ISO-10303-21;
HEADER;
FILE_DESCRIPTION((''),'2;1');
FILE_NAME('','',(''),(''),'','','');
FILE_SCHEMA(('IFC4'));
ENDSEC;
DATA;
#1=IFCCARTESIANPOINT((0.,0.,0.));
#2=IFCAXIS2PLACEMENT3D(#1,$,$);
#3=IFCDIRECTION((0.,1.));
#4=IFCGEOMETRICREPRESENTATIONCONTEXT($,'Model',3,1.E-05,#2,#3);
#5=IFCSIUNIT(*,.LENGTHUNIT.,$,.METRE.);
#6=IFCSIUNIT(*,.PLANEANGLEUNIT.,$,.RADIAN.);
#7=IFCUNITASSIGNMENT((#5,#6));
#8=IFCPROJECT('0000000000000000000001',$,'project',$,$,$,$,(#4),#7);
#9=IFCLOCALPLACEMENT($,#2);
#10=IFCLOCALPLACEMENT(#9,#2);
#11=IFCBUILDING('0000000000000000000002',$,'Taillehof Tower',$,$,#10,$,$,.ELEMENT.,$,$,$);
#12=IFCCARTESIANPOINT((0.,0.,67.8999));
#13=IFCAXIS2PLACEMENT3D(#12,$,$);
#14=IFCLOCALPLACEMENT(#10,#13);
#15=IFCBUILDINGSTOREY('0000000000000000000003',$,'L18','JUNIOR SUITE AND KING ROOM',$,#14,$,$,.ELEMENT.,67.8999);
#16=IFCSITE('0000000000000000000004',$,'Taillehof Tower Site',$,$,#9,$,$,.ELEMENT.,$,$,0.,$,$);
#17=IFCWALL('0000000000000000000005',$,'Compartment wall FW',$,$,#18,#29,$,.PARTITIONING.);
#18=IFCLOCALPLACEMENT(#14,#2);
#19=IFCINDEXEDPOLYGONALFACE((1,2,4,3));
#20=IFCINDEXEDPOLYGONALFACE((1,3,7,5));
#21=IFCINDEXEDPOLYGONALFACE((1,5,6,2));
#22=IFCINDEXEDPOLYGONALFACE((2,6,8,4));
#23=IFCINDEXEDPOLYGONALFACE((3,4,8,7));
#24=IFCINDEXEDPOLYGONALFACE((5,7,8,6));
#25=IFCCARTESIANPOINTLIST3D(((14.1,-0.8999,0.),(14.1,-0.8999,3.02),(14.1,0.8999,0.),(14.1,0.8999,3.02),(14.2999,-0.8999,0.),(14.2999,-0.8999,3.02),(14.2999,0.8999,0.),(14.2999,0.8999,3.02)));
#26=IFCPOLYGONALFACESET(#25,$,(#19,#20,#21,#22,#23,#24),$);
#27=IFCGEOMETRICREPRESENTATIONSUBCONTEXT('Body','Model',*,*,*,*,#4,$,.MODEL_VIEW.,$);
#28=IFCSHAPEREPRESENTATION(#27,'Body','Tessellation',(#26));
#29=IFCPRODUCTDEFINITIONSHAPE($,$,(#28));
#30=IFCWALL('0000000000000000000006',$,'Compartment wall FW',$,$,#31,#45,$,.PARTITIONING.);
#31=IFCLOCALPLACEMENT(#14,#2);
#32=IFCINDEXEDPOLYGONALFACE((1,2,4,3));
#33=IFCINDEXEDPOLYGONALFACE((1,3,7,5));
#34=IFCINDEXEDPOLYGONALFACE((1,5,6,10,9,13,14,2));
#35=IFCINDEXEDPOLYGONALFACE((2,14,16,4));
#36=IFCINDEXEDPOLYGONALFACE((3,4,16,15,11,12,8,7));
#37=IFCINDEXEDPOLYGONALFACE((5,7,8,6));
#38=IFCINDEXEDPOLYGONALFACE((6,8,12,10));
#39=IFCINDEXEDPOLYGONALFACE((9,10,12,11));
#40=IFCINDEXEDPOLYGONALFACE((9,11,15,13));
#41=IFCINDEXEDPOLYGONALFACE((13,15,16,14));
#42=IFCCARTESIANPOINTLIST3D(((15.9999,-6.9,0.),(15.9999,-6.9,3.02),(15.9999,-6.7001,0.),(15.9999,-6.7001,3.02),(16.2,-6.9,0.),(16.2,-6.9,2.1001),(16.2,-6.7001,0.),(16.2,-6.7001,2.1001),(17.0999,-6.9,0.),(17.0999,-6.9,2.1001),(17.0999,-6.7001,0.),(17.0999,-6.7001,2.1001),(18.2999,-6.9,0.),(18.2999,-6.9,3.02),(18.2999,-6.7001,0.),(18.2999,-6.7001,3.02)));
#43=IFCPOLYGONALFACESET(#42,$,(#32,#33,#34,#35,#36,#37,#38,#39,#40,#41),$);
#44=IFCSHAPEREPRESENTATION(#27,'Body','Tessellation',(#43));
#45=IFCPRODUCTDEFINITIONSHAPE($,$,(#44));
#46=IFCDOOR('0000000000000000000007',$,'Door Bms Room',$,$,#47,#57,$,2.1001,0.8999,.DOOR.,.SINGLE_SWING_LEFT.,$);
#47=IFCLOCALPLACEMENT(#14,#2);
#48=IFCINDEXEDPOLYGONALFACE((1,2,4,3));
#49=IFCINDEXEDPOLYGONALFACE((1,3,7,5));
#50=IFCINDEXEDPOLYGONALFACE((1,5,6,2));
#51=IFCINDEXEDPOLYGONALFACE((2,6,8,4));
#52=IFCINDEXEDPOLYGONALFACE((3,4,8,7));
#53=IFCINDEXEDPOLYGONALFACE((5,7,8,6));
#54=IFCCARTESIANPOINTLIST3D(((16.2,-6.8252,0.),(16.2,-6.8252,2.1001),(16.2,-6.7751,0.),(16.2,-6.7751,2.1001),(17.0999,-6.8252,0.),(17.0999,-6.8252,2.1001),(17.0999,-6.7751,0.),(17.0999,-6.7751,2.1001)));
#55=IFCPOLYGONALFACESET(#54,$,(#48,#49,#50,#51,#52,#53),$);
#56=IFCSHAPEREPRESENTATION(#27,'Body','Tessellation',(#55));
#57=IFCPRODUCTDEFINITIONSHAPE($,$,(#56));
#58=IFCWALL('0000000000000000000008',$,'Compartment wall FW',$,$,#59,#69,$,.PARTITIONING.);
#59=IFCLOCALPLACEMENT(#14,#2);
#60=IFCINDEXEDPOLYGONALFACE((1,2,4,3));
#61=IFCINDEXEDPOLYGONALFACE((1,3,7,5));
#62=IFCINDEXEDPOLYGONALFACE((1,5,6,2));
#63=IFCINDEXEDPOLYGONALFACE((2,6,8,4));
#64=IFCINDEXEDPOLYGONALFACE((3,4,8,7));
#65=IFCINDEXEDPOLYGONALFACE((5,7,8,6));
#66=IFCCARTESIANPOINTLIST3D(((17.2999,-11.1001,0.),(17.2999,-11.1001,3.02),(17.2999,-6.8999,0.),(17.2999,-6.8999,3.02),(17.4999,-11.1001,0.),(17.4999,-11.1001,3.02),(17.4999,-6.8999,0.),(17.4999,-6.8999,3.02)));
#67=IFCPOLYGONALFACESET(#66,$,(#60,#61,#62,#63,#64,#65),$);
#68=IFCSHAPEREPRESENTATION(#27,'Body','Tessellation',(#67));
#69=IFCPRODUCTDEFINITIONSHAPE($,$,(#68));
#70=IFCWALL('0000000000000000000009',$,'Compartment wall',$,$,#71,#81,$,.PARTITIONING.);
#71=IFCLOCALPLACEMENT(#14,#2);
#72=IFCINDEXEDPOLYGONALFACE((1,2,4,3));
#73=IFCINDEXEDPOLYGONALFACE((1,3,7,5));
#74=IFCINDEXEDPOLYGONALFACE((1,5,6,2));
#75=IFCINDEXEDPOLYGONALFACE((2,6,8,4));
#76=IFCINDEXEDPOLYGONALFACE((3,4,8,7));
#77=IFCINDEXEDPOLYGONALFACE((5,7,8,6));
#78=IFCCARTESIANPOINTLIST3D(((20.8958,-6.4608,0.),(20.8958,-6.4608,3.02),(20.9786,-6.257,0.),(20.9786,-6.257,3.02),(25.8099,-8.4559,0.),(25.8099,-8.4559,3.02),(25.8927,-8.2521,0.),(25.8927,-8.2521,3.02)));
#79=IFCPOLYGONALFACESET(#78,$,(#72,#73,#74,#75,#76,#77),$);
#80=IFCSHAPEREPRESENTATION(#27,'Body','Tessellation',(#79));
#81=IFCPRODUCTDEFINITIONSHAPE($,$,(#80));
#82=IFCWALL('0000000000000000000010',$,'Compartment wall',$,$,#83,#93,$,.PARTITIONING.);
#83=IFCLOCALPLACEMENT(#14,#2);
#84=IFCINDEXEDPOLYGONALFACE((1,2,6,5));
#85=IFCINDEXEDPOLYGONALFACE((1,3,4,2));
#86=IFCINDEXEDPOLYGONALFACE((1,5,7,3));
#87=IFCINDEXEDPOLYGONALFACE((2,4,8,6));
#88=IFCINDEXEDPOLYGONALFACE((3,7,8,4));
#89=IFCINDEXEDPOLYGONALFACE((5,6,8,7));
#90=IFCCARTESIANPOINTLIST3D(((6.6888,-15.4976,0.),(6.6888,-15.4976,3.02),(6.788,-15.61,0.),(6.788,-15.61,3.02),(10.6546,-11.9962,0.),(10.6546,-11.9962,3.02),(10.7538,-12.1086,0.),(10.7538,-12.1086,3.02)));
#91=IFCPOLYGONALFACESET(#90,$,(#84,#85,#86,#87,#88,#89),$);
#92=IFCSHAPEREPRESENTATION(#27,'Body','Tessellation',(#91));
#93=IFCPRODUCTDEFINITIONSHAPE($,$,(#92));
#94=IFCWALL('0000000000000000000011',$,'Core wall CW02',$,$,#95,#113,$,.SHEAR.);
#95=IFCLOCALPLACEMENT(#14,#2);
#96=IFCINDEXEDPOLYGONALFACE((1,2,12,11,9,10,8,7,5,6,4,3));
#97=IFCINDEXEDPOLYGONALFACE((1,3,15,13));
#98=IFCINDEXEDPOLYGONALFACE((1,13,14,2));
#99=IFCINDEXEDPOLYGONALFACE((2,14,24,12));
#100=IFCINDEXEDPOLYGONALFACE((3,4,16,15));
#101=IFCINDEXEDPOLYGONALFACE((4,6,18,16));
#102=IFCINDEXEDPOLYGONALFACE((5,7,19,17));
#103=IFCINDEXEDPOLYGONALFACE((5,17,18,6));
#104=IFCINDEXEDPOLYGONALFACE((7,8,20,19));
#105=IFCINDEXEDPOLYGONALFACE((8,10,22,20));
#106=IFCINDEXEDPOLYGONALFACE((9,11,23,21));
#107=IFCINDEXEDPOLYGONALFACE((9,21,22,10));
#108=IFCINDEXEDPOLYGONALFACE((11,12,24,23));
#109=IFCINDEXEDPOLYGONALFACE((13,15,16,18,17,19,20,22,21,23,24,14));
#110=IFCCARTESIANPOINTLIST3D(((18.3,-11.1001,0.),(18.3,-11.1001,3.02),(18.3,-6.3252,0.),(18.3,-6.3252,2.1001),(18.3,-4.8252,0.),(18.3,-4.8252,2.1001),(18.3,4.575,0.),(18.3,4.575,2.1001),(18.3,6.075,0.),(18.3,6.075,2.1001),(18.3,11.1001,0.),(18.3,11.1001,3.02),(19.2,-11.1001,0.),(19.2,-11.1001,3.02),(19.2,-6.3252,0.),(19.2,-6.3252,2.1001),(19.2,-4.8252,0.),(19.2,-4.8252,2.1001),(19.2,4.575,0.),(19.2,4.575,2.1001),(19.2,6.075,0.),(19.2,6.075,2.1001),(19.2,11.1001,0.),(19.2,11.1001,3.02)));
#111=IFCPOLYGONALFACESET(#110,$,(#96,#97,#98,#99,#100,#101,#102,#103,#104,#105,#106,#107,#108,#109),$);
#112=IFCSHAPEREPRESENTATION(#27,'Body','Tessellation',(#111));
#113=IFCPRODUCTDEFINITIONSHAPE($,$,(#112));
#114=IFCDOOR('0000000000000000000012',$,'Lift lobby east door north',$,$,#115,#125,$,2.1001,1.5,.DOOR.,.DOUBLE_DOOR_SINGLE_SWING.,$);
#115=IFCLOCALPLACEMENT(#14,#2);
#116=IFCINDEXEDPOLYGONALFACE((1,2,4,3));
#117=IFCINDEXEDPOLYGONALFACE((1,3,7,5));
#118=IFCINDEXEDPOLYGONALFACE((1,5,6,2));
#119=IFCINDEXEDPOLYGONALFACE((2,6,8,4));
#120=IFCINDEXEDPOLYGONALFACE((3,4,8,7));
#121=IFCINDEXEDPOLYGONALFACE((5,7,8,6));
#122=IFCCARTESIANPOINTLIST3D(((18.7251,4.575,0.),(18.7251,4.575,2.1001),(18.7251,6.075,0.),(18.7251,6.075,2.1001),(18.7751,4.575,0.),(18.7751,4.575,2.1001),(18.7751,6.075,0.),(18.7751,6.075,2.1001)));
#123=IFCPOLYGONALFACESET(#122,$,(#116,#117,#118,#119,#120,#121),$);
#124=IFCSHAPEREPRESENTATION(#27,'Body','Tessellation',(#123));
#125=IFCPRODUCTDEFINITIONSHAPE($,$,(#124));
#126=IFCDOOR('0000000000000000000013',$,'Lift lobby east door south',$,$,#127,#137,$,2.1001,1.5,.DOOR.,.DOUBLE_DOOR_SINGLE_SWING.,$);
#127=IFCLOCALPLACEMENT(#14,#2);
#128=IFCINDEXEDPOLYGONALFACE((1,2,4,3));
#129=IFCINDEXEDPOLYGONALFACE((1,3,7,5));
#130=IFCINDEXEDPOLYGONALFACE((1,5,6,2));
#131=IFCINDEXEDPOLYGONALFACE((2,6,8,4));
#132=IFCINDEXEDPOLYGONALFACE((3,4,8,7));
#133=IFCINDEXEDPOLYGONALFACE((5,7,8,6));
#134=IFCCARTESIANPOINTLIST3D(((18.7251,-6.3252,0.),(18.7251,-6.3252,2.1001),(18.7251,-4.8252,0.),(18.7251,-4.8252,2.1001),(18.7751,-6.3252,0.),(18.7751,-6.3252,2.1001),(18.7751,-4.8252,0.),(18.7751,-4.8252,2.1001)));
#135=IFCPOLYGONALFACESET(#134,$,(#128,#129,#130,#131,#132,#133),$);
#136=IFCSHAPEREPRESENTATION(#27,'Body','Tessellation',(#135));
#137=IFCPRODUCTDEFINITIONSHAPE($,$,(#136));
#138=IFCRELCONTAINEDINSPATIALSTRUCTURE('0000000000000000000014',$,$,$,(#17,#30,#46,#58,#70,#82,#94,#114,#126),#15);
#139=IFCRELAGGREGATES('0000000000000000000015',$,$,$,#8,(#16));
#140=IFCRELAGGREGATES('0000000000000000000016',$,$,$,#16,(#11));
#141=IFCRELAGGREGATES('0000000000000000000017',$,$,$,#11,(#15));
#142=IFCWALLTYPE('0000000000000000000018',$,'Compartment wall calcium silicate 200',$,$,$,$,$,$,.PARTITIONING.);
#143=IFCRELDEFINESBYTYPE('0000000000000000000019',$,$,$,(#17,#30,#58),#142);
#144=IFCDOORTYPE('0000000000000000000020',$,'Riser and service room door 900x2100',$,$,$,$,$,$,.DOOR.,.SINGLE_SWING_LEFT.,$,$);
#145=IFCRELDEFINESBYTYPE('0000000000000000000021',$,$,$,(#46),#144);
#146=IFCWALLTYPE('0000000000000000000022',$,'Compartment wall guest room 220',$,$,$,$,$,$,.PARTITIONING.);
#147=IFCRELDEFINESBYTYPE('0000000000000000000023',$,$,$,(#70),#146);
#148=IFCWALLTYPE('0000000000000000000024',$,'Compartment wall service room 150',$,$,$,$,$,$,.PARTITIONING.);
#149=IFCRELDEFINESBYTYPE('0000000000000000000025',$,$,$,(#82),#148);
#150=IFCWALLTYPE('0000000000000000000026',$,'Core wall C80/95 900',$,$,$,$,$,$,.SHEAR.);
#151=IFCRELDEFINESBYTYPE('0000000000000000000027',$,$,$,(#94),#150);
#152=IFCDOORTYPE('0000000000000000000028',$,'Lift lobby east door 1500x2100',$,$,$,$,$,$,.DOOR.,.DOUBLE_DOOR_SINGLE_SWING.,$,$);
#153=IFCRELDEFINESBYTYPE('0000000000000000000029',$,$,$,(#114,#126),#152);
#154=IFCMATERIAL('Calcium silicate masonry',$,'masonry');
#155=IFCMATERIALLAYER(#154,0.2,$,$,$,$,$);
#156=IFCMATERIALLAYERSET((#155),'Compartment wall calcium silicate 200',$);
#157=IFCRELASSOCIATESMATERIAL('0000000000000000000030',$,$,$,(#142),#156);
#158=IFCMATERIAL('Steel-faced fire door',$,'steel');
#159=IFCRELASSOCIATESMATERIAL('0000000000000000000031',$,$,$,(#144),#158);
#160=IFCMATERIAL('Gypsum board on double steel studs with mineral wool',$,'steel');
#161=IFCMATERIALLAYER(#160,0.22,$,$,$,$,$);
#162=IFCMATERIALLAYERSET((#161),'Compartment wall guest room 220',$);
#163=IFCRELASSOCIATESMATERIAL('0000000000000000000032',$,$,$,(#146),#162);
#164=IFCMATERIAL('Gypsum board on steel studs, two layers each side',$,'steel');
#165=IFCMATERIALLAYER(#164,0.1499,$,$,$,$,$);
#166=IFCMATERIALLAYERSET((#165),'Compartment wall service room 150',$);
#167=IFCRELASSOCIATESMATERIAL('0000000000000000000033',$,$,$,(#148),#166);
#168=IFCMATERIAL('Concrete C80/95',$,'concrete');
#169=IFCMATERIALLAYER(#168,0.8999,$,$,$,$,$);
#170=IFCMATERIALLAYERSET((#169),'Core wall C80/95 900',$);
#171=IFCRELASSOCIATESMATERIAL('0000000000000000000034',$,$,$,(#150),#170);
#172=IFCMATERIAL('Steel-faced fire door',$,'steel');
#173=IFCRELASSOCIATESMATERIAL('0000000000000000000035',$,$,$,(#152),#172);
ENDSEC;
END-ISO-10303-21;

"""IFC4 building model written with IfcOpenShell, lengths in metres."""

from ifc_helpers import new_model, si_unit, direction, frame, frame_2d, origin, place, context, subcontext, project, spatial, rectangle, extrude, material, layer, layer_set, type_object, element, fill, save


model = new_model("IFC4")

# Units and contexts
model_context = context("Model", 3, precision=1e-05, world=origin(), true_north=direction((0.0, 1.0)))
body_context = subcontext(model_context, "Body", "Model", "MODEL_VIEW")
ifc_project = project(units=[si_unit("LENGTHUNIT", "METRE"), si_unit("PLANEANGLEUNIT", "RADIAN")], contexts=[model_context])

# Site, building, storey
site_placement = place(None, origin())
site = spatial("IfcSite", under=ifc_project, at=site_placement, Name="Taillehof Tower Site", CompositionType="ELEMENT", RefElevation=0.0)
building_placement = place(site_placement, origin())
building = spatial("IfcBuilding", under=site, at=building_placement, Name="Taillehof Tower", CompositionType="ELEMENT")
storey_placement = place(building_placement, frame((0.0, 0.0, 67.8999)))
storey = spatial("IfcBuildingStorey", under=building, at=storey_placement, Name="L18", Description="JUNIOR SUITE AND KING ROOM", CompositionType="ELEMENT", Elevation=67.8999)

# Wall
ifc_material_1 = material(Name="Calcium silicate masonry", Category="masonry")
ifc_layer_1 = layer(ifc_material_1, 0.2)
ifc_layer_set_1 = layer_set([ifc_layer_1], Name="Compartment wall calcium silicate 200")
wall_type_1 = type_object("IfcWallType", Name="Compartment wall calcium silicate 200", PredefinedType="PARTITIONING", material=ifc_layer_set_1)
wall_1_placement = place(storey_placement, frame((14.2, -0.8999, 0.0), z_axis=(0.0, 0.0, 1.0), x_axis=(0.0, 1.0, 0.0)))
element("IfcWall", 1, at=wall_1_placement, inside=storey, type_object=wall_type_1, Name="Compartment wall FW", PredefinedType="PARTITIONING", context=body_context, shape_type="SweptSolid", body=[
    extrude(rectangle(XDim=1.7998, YDim=0.2, at=frame_2d((0.8999, 0.0))), origin(), (0.0, 0.0, 1.0), 3.02),
])

# Wall, opening, door
wall_2_placement = place(storey_placement, frame((16.0, -6.8, 0.0), z_axis=(0.0, 0.0, 1.0), x_axis=(1.0, 0.0, 0.0)))
wall_2 = element("IfcWall", 2, at=wall_2_placement, inside=storey, type_object=wall_type_1, Name="Compartment wall FW", PredefinedType="PARTITIONING", context=body_context, shape_type="SweptSolid", body=[
    extrude(rectangle(XDim=2.3, YDim=0.2, at=frame_2d((1.1499, 0.0))), origin(), (0.0, 0.0, 1.0), 3.02),
])
opening_1_placement = place(wall_2_placement, frame((0.2, 0.0, 0.0)))
opening_1 = element("IfcOpeningElement", 3, at=opening_1_placement, cuts=wall_2, PredefinedType="OPENING", context=body_context, shape_type="SweptSolid", body=[
    extrude(rectangle(XDim=0.8999, YDim=2.1001, at=frame_2d((0.45, 1.05))), frame((0.0, 0.1099, 0.0), z_axis=(0.0, -1.0, 0.0), x_axis=(1.0, 0.0, 0.0)), (0.0, 0.0, 1.0), 0.22),
])
ifc_material_2 = material(Name="Steel-faced fire door", Category="steel")
door_type_1 = type_object("IfcDoorType", Name="Riser and service room door 900x2100", OperationType="SINGLE_SWING_LEFT", PredefinedType="DOOR", material=ifc_material_2)
door_1_placement = place(opening_1_placement, origin())
door_1 = element("IfcDoor", 4, at=door_1_placement, inside=storey, type_object=door_type_1, Name="Door Bms Room", OperationType="SINGLE_SWING_LEFT", OverallHeight=2.1001, OverallWidth=0.8999, PredefinedType="DOOR", context=body_context, shape_type="SweptSolid", body=[
    extrude(rectangle(XDim=0.8999, YDim=2.1001, at=frame_2d((0.45, 1.05))), frame((0.0, 0.0249, 0.0), z_axis=(0.0, -1.0, 0.0), x_axis=(1.0, 0.0, 0.0)), (0.0, 0.0, 1.0), 0.05),
])
fill(opening_1, door_1)

# Walls
wall_3_placement = place(storey_placement, frame((17.3999, -11.1001, 0.0), z_axis=(0.0, 0.0, 1.0), x_axis=(0.0, 1.0, 0.0)))
element("IfcWall", 5, at=wall_3_placement, inside=storey, type_object=wall_type_1, Name="Compartment wall FW", PredefinedType="PARTITIONING", context=body_context, shape_type="SweptSolid", body=[
    extrude(rectangle(XDim=4.2002, YDim=0.2, at=frame_2d((2.1001, 0.0))), origin(), (0.0, 0.0, 1.0), 3.02),
])
ifc_material_3 = material(Name="Gypsum board on double steel studs with mineral wool", Category="steel")
ifc_layer_2 = layer(ifc_material_3, 0.22)
ifc_layer_set_2 = layer_set([ifc_layer_2], Name="Compartment wall guest room 220")
wall_type_2 = type_object("IfcWallType", Name="Compartment wall guest room 220", PredefinedType="PARTITIONING", material=ifc_layer_set_2)
wall_4_placement = place(storey_placement, frame((25.8513, -8.354, 0.0), z_axis=(0.0, 0.0, 1.0), x_axis=(-0.926547, 0.376179, 0.0)))
element("IfcWall", 6, at=wall_4_placement, inside=storey, type_object=wall_type_2, Name="Compartment wall", PredefinedType="PARTITIONING", context=body_context, shape_type="SweptSolid", body=[
    extrude(rectangle(XDim=5.3037, YDim=0.22, at=frame_2d((2.6519, 0.0))), origin(), (0.0, 0.0, 1.0), 3.02),
])
ifc_material_4 = material(Name="Gypsum board on steel studs, two layers each side", Category="steel")
ifc_layer_3 = layer(ifc_material_4, 0.1499)
ifc_layer_set_3 = layer_set([ifc_layer_3], Name="Compartment wall service room 150")
wall_type_3 = type_object("IfcWallType", Name="Compartment wall service room 150", PredefinedType="PARTITIONING", material=ifc_layer_set_3)
wall_5_placement = place(storey_placement, frame((10.7041, -12.0525, 0.0), z_axis=(0.0, 0.0, 1.0), x_axis=(-0.74963, -0.661857, 0.0)))
element("IfcWall", 7, at=wall_5_placement, inside=storey, type_object=wall_type_3, Name="Compartment wall", PredefinedType="PARTITIONING", context=body_context, shape_type="SweptSolid", body=[
    extrude(rectangle(XDim=5.2903, YDim=0.1499, at=frame_2d((2.645, 0.0))), origin(), (0.0, 0.0, 1.0), 3.02),
])

# Wall, openings, doors
ifc_material_5 = material(Name="Concrete C80/95", Category="concrete")
ifc_layer_4 = layer(ifc_material_5, 0.8999)
ifc_layer_set_4 = layer_set([ifc_layer_4], Name="Core wall C80/95 900")
wall_type_4 = type_object("IfcWallType", Name="Core wall C80/95 900", PredefinedType="SHEAR", material=ifc_layer_set_4)
wall_6_placement = place(storey_placement, frame((18.75, -11.1001, 0.0), z_axis=(0.0, 0.0, 1.0), x_axis=(0.0, 1.0, 0.0)))
wall_6 = element("IfcWall", 8, at=wall_6_placement, inside=storey, type_object=wall_type_4, Name="Core wall CW02", PredefinedType="SHEAR", context=body_context, shape_type="SweptSolid", body=[
    extrude(rectangle(XDim=22.2002, YDim=0.8999, at=frame_2d((11.1001, 0.0))), origin(), (0.0, 0.0, 1.0), 3.02),
])
opening_2_placement = place(wall_6_placement, frame((15.675, 0.0, 0.0)))
opening_2 = element("IfcOpeningElement", 9, at=opening_2_placement, cuts=wall_6, PredefinedType="OPENING", context=body_context, shape_type="SweptSolid", body=[
    extrude(rectangle(XDim=1.5, YDim=2.1001, at=frame_2d((0.75, 1.05))), frame((0.0, 0.46, 0.0), z_axis=(0.0, -1.0, 0.0), x_axis=(1.0, 0.0, 0.0)), (0.0, 0.0, 1.0), 0.9199),
])
opening_3_placement = place(wall_6_placement, frame((4.7749, 0.0, 0.0)))
opening_3 = element("IfcOpeningElement", 10, at=opening_3_placement, cuts=wall_6, PredefinedType="OPENING", context=body_context, shape_type="SweptSolid", body=[
    extrude(rectangle(XDim=1.5, YDim=2.1001, at=frame_2d((0.75, 1.05))), frame((0.0, 0.46, 0.0), z_axis=(0.0, -1.0, 0.0), x_axis=(1.0, 0.0, 0.0)), (0.0, 0.0, 1.0), 0.9199),
])
ifc_material_6 = material(Name="Steel-faced fire door", Category="steel")
door_type_2 = type_object("IfcDoorType", Name="Lift lobby east door 1500x2100", OperationType="DOUBLE_DOOR_SINGLE_SWING", PredefinedType="DOOR", material=ifc_material_6)
door_2_placement = place(opening_2_placement, origin())
door_2 = element("IfcDoor", 11, at=door_2_placement, inside=storey, type_object=door_type_2, Name="Lift lobby east door north", OperationType="DOUBLE_DOOR_SINGLE_SWING", OverallHeight=2.1001, OverallWidth=1.5, PredefinedType="DOOR", context=body_context, shape_type="SweptSolid", body=[
    extrude(rectangle(XDim=1.5, YDim=2.1001, at=frame_2d((0.75, 1.05))), frame((0.0, 0.0249, 0.0), z_axis=(0.0, -1.0, 0.0), x_axis=(1.0, 0.0, 0.0)), (0.0, 0.0, 1.0), 0.05),
])
fill(opening_2, door_2)
door_3_placement = place(opening_3_placement, origin())
door_3 = element("IfcDoor", 12, at=door_3_placement, inside=storey, type_object=door_type_2, Name="Lift lobby east door south", OperationType="DOUBLE_DOOR_SINGLE_SWING", OverallHeight=2.1001, OverallWidth=1.5, PredefinedType="DOOR", context=body_context, shape_type="SweptSolid", body=[
    extrude(rectangle(XDim=1.5, YDim=2.1001, at=frame_2d((0.75, 1.05))), frame((0.0, 0.0249, 0.0), z_axis=(0.0, -1.0, 0.0), x_axis=(1.0, 0.0, 0.0)), (0.0, 0.0, 1.0), 0.05),
])
fill(opening_3, door_3)

save(model, "model.ifc")
